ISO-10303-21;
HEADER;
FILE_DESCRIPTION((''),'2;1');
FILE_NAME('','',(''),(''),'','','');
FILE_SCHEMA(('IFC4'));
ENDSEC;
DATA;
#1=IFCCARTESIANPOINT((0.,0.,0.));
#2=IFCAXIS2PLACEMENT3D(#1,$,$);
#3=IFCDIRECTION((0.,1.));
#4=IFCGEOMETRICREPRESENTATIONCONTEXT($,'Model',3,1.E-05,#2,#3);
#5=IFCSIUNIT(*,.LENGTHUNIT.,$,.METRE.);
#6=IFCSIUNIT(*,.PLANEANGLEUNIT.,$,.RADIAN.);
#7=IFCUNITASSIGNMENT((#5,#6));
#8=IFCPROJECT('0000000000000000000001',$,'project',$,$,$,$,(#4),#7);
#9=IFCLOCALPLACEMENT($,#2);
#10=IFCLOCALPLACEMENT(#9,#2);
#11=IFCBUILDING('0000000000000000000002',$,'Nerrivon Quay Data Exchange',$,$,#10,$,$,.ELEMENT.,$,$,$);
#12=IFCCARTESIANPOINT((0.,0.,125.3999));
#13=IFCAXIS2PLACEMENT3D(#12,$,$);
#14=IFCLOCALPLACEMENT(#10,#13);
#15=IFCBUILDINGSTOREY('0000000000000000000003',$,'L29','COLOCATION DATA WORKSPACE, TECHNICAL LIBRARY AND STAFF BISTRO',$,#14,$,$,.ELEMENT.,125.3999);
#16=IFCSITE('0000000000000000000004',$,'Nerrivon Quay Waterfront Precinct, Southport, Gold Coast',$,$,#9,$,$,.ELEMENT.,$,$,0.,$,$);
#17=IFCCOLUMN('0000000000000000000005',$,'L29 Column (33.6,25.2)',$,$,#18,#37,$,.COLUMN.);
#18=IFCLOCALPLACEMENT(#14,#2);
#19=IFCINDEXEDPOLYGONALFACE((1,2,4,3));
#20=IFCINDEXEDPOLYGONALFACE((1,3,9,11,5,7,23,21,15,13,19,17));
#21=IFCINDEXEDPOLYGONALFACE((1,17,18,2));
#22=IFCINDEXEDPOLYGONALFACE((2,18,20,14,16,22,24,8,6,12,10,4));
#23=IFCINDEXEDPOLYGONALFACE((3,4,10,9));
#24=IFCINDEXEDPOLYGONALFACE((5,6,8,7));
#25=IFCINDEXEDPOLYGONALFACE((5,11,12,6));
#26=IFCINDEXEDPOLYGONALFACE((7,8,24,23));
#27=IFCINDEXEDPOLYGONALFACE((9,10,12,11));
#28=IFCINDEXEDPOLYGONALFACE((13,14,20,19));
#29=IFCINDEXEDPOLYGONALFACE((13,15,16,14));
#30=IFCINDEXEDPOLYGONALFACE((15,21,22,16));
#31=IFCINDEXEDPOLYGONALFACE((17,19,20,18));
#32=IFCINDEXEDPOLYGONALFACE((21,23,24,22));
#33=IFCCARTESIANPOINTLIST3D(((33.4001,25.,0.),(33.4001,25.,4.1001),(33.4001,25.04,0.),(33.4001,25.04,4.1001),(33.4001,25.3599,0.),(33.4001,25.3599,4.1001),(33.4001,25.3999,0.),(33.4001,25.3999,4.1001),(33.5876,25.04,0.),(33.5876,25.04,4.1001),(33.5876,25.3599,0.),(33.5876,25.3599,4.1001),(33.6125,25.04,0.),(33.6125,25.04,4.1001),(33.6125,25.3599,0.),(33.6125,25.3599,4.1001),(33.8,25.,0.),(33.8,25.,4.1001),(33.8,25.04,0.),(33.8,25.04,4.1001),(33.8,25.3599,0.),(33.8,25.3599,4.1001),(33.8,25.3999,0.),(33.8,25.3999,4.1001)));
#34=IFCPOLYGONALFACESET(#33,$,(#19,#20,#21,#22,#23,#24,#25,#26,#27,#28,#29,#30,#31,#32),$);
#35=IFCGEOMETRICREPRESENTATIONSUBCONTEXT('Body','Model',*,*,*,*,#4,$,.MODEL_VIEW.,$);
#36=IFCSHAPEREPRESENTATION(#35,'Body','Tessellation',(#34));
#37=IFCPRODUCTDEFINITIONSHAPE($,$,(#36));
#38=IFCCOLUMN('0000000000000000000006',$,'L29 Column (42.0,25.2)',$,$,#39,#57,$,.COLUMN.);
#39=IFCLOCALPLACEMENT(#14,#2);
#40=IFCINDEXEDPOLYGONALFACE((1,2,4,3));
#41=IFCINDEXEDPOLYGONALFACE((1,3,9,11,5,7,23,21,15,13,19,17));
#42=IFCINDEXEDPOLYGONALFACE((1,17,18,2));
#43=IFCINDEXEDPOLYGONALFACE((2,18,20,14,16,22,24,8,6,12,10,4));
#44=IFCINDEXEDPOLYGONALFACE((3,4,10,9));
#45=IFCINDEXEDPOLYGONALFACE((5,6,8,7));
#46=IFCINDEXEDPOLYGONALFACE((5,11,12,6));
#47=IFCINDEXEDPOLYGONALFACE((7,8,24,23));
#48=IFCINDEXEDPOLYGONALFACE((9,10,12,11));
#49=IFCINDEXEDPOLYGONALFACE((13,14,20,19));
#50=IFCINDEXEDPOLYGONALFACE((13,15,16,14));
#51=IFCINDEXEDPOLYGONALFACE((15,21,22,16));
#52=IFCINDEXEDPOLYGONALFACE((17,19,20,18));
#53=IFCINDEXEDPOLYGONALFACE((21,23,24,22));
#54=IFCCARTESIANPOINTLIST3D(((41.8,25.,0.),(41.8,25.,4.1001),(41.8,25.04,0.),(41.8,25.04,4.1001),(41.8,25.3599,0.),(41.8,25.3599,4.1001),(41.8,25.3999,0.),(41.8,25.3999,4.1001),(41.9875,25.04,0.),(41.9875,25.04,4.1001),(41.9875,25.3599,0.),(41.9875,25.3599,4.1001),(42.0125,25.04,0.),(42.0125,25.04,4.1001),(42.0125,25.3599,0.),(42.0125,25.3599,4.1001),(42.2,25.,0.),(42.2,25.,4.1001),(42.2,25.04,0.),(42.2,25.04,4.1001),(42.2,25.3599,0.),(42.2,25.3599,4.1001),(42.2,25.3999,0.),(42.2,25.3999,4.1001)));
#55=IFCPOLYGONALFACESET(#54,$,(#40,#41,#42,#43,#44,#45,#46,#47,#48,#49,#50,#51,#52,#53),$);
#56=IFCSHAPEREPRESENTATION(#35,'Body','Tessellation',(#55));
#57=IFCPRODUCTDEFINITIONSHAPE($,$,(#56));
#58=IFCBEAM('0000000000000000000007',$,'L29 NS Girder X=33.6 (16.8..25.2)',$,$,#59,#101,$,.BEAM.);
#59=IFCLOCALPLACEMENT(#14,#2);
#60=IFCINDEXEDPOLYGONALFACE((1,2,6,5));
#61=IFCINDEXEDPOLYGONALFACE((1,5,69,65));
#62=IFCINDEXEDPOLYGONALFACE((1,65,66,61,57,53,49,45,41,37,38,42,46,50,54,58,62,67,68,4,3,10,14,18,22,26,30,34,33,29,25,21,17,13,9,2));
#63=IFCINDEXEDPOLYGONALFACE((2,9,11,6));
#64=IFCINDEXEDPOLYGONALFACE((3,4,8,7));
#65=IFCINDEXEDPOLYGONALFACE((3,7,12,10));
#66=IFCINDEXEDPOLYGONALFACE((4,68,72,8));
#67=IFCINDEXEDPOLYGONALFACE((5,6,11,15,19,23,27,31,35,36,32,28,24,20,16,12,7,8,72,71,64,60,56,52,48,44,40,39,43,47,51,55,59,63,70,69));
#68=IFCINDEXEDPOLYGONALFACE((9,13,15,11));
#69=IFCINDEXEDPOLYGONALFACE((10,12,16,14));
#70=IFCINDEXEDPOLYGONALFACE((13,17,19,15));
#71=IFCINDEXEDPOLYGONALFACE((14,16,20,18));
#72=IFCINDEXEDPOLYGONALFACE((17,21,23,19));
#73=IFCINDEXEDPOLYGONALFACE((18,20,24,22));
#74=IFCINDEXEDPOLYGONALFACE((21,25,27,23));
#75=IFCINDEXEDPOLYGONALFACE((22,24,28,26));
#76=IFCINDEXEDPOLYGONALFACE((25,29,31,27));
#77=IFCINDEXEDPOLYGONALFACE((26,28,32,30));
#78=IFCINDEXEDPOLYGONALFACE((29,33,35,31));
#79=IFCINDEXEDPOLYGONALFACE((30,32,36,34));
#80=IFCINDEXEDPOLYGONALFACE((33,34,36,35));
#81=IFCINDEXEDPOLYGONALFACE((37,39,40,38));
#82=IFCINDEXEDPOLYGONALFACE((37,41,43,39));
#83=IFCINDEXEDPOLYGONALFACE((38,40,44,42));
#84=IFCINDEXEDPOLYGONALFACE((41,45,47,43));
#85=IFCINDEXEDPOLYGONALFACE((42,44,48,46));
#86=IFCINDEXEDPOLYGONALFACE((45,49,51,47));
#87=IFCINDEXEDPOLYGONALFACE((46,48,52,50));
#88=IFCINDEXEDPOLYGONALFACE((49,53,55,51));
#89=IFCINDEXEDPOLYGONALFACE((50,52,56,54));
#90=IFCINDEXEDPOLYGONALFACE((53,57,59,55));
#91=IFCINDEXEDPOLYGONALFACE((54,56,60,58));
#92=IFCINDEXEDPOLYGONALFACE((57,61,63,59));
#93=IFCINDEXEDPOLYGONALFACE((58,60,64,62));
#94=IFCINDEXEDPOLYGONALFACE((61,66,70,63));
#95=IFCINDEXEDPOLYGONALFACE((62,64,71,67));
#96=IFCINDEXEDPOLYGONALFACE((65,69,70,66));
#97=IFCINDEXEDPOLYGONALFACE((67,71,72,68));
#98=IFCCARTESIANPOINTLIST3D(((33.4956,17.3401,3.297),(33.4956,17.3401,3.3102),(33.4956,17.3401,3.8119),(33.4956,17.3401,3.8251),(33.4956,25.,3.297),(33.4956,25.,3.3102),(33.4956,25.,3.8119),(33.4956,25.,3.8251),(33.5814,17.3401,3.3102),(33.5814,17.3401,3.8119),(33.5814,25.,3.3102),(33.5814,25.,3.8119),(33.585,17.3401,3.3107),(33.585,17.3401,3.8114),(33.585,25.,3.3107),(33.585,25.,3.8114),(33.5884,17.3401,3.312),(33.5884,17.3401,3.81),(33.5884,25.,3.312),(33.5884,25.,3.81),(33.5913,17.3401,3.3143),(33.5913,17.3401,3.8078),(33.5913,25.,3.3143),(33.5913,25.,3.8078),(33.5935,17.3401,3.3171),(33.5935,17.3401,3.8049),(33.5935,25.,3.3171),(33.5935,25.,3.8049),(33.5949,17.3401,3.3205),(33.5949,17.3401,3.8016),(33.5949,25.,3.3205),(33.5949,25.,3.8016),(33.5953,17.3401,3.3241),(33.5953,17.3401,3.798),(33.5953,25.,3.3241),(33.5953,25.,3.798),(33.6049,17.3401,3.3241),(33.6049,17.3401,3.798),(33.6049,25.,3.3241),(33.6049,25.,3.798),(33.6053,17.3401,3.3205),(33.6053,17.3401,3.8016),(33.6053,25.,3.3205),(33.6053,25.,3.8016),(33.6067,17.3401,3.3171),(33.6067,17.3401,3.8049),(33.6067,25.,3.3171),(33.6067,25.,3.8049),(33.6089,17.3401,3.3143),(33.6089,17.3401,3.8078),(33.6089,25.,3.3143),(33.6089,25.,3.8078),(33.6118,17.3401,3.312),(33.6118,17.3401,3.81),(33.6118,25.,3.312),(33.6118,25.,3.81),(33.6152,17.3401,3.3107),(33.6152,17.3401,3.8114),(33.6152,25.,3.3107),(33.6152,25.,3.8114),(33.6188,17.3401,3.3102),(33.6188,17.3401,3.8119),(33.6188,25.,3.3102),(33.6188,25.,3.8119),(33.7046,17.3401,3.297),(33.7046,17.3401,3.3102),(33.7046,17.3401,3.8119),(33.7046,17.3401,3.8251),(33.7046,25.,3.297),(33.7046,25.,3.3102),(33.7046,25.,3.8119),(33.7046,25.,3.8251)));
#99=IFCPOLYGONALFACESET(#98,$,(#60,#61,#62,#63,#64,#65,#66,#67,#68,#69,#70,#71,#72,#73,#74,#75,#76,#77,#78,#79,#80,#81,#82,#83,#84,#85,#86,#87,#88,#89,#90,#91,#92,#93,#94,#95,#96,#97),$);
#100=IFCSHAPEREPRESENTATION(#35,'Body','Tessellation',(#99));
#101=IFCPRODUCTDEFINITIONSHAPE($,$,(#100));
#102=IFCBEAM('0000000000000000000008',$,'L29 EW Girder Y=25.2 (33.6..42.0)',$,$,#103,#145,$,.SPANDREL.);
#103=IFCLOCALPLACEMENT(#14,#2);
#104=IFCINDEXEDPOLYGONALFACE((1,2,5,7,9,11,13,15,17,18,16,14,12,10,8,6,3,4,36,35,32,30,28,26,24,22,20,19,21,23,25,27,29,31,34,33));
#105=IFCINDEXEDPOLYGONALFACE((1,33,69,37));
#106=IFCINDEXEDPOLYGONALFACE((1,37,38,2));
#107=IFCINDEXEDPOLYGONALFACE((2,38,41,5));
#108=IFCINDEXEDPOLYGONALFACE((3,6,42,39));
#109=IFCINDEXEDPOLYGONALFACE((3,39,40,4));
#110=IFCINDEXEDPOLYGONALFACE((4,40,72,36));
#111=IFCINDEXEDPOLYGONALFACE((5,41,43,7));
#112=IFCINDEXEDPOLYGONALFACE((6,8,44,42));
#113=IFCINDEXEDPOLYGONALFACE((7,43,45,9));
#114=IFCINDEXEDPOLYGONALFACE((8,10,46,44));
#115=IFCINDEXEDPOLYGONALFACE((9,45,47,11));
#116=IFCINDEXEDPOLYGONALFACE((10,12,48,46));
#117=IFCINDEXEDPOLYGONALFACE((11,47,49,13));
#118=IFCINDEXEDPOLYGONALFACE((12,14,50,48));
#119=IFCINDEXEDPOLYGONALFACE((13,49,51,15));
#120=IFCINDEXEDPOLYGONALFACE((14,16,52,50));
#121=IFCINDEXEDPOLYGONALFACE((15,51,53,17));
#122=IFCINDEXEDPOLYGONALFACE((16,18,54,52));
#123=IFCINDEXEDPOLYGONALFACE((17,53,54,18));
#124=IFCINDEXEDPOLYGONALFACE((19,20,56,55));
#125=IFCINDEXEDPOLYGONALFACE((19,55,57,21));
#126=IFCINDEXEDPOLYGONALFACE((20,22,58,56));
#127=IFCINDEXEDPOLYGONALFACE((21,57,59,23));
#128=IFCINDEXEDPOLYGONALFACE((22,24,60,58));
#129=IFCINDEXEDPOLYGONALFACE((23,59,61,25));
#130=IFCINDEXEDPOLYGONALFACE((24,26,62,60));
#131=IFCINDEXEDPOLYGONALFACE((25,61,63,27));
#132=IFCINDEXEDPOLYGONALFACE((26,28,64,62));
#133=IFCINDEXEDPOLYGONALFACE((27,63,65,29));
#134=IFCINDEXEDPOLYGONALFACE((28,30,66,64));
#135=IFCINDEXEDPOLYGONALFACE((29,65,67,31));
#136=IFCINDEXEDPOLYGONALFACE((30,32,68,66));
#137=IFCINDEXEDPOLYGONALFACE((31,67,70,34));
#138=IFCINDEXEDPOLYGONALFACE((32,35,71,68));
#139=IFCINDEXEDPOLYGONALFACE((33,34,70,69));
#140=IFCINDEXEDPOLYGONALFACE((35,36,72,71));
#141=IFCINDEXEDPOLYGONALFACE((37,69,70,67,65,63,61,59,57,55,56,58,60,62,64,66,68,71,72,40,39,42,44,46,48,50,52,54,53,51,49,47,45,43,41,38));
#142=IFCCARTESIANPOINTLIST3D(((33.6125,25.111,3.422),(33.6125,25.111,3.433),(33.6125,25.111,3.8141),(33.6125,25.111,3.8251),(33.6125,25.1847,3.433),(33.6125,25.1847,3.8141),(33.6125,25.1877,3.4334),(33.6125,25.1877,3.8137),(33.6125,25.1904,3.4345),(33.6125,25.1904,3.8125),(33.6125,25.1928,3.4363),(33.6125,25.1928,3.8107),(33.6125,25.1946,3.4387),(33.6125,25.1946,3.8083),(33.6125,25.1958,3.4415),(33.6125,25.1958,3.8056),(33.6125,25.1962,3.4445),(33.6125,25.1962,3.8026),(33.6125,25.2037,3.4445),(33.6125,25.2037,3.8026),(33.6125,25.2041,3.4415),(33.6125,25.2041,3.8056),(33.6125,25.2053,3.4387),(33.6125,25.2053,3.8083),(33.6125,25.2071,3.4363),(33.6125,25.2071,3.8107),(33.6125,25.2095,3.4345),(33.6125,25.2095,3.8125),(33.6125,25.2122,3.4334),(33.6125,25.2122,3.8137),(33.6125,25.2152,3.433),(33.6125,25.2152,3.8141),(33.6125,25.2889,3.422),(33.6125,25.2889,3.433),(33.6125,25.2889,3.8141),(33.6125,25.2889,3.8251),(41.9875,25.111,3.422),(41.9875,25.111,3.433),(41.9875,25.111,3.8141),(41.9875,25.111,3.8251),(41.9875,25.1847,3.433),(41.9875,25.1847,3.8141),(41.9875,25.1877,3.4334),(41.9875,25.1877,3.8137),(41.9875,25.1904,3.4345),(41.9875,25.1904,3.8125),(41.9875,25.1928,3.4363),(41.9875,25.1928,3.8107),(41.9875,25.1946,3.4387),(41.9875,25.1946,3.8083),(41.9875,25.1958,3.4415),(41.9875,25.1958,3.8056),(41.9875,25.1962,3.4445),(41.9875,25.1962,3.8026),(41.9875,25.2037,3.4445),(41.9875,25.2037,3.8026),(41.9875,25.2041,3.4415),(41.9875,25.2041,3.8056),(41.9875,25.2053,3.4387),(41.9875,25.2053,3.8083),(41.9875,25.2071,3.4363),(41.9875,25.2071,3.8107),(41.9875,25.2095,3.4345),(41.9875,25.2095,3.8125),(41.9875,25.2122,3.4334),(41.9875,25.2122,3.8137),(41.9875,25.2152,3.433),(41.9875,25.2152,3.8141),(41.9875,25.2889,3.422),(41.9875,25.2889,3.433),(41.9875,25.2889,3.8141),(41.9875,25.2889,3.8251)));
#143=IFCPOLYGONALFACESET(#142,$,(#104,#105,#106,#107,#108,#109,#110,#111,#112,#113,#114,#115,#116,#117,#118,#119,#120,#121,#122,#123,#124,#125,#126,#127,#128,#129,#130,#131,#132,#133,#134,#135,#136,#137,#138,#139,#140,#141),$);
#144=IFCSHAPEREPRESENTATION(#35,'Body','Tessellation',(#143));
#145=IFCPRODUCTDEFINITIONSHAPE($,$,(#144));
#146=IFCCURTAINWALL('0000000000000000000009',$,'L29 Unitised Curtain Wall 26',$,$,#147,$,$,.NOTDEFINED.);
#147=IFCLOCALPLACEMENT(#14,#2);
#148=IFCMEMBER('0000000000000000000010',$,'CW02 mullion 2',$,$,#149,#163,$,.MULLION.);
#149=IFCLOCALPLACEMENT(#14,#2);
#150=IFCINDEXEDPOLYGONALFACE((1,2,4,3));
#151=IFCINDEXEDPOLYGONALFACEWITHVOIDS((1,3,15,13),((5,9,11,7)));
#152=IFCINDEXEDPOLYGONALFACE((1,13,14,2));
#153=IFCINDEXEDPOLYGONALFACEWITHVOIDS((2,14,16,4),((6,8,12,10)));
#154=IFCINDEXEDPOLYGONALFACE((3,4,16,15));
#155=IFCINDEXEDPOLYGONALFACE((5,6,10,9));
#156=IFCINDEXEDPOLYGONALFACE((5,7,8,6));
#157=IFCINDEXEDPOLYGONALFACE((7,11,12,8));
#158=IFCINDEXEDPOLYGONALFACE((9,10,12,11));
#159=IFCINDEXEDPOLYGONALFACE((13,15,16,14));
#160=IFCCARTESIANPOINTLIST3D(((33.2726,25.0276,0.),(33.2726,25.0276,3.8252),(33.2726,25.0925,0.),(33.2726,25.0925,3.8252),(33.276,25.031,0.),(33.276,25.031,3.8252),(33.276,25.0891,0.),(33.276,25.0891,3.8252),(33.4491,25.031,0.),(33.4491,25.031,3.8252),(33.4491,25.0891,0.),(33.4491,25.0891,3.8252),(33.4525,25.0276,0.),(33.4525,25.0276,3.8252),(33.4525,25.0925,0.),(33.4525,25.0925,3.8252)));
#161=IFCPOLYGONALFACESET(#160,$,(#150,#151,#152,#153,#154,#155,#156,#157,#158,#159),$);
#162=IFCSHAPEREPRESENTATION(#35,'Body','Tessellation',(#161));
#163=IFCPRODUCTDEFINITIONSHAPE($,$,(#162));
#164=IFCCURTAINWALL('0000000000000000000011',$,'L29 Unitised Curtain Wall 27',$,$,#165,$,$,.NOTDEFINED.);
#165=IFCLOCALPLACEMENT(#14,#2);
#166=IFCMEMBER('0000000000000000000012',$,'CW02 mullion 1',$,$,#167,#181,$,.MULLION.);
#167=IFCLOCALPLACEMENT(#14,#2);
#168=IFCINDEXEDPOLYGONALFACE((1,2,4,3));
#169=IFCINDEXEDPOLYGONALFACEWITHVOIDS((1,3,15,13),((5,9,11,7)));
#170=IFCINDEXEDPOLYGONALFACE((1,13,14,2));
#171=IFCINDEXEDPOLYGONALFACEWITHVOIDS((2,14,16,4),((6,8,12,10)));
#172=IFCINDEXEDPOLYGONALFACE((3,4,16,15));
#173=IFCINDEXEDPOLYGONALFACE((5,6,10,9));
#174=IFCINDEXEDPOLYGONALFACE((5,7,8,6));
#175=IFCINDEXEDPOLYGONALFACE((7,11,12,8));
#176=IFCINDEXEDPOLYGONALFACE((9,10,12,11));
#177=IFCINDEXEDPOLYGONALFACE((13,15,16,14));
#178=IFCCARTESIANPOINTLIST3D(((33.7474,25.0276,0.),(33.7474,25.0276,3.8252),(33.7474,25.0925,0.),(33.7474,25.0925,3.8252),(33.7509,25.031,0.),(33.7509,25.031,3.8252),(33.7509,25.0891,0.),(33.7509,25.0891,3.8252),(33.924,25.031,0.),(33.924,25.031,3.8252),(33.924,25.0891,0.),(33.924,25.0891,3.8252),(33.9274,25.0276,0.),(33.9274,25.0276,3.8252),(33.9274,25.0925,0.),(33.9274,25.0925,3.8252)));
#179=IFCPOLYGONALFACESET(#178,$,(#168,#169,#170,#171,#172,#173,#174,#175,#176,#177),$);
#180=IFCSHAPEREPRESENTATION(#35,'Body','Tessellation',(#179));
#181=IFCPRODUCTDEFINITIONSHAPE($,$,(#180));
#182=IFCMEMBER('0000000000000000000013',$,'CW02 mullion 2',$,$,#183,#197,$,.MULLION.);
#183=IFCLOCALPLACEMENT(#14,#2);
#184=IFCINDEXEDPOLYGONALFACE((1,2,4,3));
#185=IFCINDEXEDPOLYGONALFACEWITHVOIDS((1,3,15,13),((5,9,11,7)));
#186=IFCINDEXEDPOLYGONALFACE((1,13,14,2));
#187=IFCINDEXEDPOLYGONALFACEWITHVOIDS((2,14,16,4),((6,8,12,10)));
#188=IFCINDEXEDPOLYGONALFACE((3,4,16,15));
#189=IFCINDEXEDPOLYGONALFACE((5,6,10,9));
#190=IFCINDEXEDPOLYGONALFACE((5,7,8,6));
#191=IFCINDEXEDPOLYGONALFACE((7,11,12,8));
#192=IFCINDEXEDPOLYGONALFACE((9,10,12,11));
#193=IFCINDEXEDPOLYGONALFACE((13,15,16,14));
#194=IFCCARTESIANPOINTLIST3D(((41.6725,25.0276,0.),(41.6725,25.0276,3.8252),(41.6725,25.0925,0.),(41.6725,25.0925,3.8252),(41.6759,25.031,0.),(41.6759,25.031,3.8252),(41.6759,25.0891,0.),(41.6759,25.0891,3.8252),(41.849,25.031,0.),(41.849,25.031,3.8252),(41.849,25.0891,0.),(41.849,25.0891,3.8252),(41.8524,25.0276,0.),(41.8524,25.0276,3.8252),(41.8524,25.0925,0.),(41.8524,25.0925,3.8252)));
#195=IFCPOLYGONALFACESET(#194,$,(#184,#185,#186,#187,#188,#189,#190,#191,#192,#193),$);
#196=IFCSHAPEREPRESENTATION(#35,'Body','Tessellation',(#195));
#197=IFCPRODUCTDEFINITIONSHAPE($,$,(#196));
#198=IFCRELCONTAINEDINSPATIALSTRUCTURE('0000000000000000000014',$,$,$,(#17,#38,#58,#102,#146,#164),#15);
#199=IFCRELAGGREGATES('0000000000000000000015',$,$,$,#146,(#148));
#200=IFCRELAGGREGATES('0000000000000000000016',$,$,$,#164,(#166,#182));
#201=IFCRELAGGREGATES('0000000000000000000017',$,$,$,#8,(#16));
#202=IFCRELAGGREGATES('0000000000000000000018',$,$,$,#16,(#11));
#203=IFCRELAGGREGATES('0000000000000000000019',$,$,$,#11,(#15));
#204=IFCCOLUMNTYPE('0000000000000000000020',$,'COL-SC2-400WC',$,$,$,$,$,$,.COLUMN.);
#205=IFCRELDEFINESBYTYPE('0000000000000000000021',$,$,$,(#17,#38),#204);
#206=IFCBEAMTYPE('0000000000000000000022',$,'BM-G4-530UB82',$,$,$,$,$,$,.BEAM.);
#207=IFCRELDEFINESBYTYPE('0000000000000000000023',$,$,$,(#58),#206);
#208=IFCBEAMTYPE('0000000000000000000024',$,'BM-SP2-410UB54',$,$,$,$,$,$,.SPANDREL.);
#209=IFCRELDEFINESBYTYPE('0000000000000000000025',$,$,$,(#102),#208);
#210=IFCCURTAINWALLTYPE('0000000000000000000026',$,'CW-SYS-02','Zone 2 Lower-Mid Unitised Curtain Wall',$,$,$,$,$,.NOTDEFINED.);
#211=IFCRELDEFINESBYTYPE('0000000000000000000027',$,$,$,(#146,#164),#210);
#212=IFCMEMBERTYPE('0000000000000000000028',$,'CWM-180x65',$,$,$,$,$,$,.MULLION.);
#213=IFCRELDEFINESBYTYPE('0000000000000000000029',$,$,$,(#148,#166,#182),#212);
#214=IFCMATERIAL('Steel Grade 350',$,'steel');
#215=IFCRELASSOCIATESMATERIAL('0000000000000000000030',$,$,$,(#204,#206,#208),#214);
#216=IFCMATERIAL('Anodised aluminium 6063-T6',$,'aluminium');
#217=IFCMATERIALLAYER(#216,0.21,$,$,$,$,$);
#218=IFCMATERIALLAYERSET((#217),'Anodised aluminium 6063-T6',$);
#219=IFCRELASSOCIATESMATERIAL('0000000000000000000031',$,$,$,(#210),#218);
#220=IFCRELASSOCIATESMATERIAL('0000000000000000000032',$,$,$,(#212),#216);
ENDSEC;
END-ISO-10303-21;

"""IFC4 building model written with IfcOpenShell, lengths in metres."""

from ifc_helpers import new_model, si_unit, direction, frame, origin, origin_2d, place, context, subcontext, project, spatial, hollow_rectangle, i_section, extrude, material, layer, layer_set, material_profile, profile_set, type_object, element, aggregate, save


model = new_model("IFC4")

# Units and contexts
model_context = context("Model", 3, precision=1e-05, world=origin(), true_north=direction((0.0, 1.0)))
body_context = subcontext(model_context, "Body", "Model", "MODEL_VIEW")
ifc_project = project(units=[si_unit("LENGTHUNIT", "METRE"), si_unit("PLANEANGLEUNIT", "RADIAN")], contexts=[model_context])

# Site, building, storey
site_placement = place(None, origin())
site = spatial("IfcSite", under=ifc_project, at=site_placement, Name="Nerrivon Quay Waterfront Precinct, Southport, Gold Coast", CompositionType="ELEMENT", RefElevation=0.0)
building_placement = place(site_placement, origin())
building = spatial("IfcBuilding", under=site, at=building_placement, Name="Nerrivon Quay Data Exchange", CompositionType="ELEMENT")
storey_placement = place(building_placement, frame((0.0, 0.0, 125.3999)))
storey = spatial("IfcBuildingStorey", under=building, at=storey_placement, Name="L29", Description="COLOCATION DATA WORKSPACE, TECHNICAL LIBRARY AND STAFF BISTRO", CompositionType="ELEMENT", Elevation=125.3999)

# Columns
ifc_material_1 = material(Name="Steel Grade 350", Category="steel")
ifc_material_profile_1 = material_profile(ifc_material_1, i_section(OverallWidth=0.3999, OverallDepth=0.3999, WebThickness=0.0249, FlangeThickness=0.04, at=origin_2d()), Name="400WC328")
ifc_profile_set_1 = profile_set([ifc_material_profile_1], Name="Steel Grade 350")
column_type = type_object("IfcColumnType", Name="COL-SC2-400WC", PredefinedType="COLUMN", material=ifc_profile_set_1)
for number, where, z_axis, x_axis, name in (
    (1, (33.6001, 25.2, 0.0), (0.0, 0.0, 1.0), (1.0, 0.0, 0.0), "L29 Column (33.6,25.2)"),
    (2, (42.0, 25.2, 0.0), (0.0, 0.0, 1.0), (1.0, 0.0, 0.0), "L29 Column (42.0,25.2)"),
):
    element("IfcColumn", number, at=place(storey_placement, frame(where, z_axis=z_axis, x_axis=x_axis)), inside=storey, type_object=column_type, Name=name, PredefinedType="COLUMN", context=body_context, shape_type="SweptSolid", body=[
        extrude(i_section(OverallWidth=0.3999, OverallDepth=0.3999, WebThickness=0.0249, FlangeThickness=0.04, at=origin_2d()), origin(), (0.0, 0.0, 1.0), 4.1001),
    ])

# Beams
ifc_material_profile_2 = material_profile(ifc_material_1, i_section(OverallWidth=0.209, OverallDepth=0.5281, WebThickness=0.0095, FlangeThickness=0.0132, FilletRadius=0.0139, at=origin_2d()), Name="530UB82.0")
ifc_profile_set_2 = profile_set([ifc_material_profile_2], Name="Steel Grade 350")
beam_type_1 = type_object("IfcBeamType", Name="BM-G4-530UB82", PredefinedType="BEAM", material=ifc_profile_set_2)
beam_1_placement = place(storey_placement, frame((33.6001, 17.3401, 3.561), z_axis=(0.0, 1.0, 0.0), x_axis=(-1.0, 0.0, 0.0)))
element("IfcBeam", 3, at=beam_1_placement, inside=storey, type_object=beam_type_1, Name="L29 NS Girder X=33.6 (16.8..25.2)", PredefinedType="BEAM", context=body_context, shape_type="SweptSolid", body=[
    extrude(i_section(OverallWidth=0.209, OverallDepth=0.5281, WebThickness=0.0095, FlangeThickness=0.0132, FilletRadius=0.0139, at=origin_2d()), origin(), (0.0, 0.0, 1.0), 7.6599),
])
ifc_material_profile_3 = material_profile(ifc_material_1, i_section(OverallWidth=0.178, OverallDepth=0.4031, WebThickness=0.0076, FlangeThickness=0.011, FilletRadius=0.0115, at=origin_2d()), Name="410UB53.7")
ifc_profile_set_3 = profile_set([ifc_material_profile_3], Name="Steel Grade 350")
beam_type_2 = type_object("IfcBeamType", Name="BM-SP2-410UB54", PredefinedType="SPANDREL", material=ifc_profile_set_3)
beam_2_placement = place(storey_placement, frame((33.6125, 25.2, 3.6235), z_axis=(1.0, 0.0, 0.0), x_axis=(0.0, 1.0, 0.0)))
element("IfcBeam", 4, at=beam_2_placement, inside=storey, type_object=beam_type_2, Name="L29 EW Girder Y=25.2 (33.6..42.0)", PredefinedType="SPANDREL", context=body_context, shape_type="SweptSolid", body=[
    extrude(i_section(OverallWidth=0.178, OverallDepth=0.4031, WebThickness=0.0076, FlangeThickness=0.011, FilletRadius=0.0115, at=origin_2d()), origin(), (0.0, 0.0, 1.0), 8.375),
])

# Curtain wall, member
ifc_material_2 = material(Name="Anodised aluminium 6063-T6", Category="aluminium")
ifc_layer_1 = layer(ifc_material_2, 0.21)
ifc_layer_set_1 = layer_set([ifc_layer_1], Name="Anodised aluminium 6063-T6")
curtain_wall_type = type_object("IfcCurtainWallType", Name="CW-SYS-02", Description="Zone 2 Lower-Mid Unitised Curtain Wall", PredefinedType="NOTDEFINED", material=ifc_layer_set_1)
curtain_wall_1_placement = place(storey_placement, origin())
curtain_wall_1 = element("IfcCurtainWall", 5, at=curtain_wall_1_placement, inside=storey, type_object=curtain_wall_type, Name="L29 Unitised Curtain Wall 26", PredefinedType="NOTDEFINED")
ifc_material_profile_4 = material_profile(ifc_material_2, hollow_rectangle(XDim=0.0649, YDim=0.1799, WallThickness=0.0034, at=origin_2d()), Name="ALU-MULL-180x65")
ifc_profile_set_4 = profile_set([ifc_material_profile_4], Name="Anodised aluminium 6063-T6")
member_type_1 = type_object("IfcMemberType", Name="CWM-180x65", PredefinedType="MULLION", material=ifc_profile_set_4)
member_1_placement = place(storey_placement, frame((33.3625, 25.0601, 0.0), z_axis=(0.0, 0.0, 1.0), x_axis=(0.0, 1.0, 0.0)))
member_1 = element("IfcMember", 6, at=member_1_placement, type_object=member_type_1, Name="CW02 mullion 2", PredefinedType="MULLION", context=body_context, shape_type="SweptSolid", body=[
    extrude(hollow_rectangle(XDim=0.0649, YDim=0.1799, WallThickness=0.0034, at=origin_2d()), origin(), (0.0, 0.0, 1.0), 3.8252),
])

# Curtain wall, members
curtain_wall_2_placement = place(storey_placement, origin())
curtain_wall_2 = element("IfcCurtainWall", 7, at=curtain_wall_2_placement, inside=storey, type_object=curtain_wall_type, Name="L29 Unitised Curtain Wall 27", PredefinedType="NOTDEFINED")
member_2_placement = place(storey_placement, frame((33.8374, 25.0601, 0.0), z_axis=(0.0, 0.0, 1.0), x_axis=(0.0, 1.0, 0.0)))
member_2 = element("IfcMember", 8, at=member_2_placement, type_object=member_type_1, Name="CW02 mullion 1", PredefinedType="MULLION", context=body_context, shape_type="SweptSolid", body=[
    extrude(hollow_rectangle(XDim=0.0649, YDim=0.1799, WallThickness=0.0034, at=origin_2d()), origin(), (0.0, 0.0, 1.0), 3.8252),
])
member_3_placement = place(storey_placement, frame((41.7625, 25.0601, 0.0), z_axis=(0.0, 0.0, 1.0), x_axis=(0.0, 1.0, 0.0)))
member_3 = element("IfcMember", 9, at=member_3_placement, type_object=member_type_1, Name="CW02 mullion 2", PredefinedType="MULLION", context=body_context, shape_type="SweptSolid", body=[
    extrude(hollow_rectangle(XDim=0.0649, YDim=0.1799, WallThickness=0.0034, at=origin_2d()), origin(), (0.0, 0.0, 1.0), 3.8252),
])

aggregate(curtain_wall_1, [member_1])
aggregate(curtain_wall_2, [member_2, member_3])

save(model, "model.ifc")
